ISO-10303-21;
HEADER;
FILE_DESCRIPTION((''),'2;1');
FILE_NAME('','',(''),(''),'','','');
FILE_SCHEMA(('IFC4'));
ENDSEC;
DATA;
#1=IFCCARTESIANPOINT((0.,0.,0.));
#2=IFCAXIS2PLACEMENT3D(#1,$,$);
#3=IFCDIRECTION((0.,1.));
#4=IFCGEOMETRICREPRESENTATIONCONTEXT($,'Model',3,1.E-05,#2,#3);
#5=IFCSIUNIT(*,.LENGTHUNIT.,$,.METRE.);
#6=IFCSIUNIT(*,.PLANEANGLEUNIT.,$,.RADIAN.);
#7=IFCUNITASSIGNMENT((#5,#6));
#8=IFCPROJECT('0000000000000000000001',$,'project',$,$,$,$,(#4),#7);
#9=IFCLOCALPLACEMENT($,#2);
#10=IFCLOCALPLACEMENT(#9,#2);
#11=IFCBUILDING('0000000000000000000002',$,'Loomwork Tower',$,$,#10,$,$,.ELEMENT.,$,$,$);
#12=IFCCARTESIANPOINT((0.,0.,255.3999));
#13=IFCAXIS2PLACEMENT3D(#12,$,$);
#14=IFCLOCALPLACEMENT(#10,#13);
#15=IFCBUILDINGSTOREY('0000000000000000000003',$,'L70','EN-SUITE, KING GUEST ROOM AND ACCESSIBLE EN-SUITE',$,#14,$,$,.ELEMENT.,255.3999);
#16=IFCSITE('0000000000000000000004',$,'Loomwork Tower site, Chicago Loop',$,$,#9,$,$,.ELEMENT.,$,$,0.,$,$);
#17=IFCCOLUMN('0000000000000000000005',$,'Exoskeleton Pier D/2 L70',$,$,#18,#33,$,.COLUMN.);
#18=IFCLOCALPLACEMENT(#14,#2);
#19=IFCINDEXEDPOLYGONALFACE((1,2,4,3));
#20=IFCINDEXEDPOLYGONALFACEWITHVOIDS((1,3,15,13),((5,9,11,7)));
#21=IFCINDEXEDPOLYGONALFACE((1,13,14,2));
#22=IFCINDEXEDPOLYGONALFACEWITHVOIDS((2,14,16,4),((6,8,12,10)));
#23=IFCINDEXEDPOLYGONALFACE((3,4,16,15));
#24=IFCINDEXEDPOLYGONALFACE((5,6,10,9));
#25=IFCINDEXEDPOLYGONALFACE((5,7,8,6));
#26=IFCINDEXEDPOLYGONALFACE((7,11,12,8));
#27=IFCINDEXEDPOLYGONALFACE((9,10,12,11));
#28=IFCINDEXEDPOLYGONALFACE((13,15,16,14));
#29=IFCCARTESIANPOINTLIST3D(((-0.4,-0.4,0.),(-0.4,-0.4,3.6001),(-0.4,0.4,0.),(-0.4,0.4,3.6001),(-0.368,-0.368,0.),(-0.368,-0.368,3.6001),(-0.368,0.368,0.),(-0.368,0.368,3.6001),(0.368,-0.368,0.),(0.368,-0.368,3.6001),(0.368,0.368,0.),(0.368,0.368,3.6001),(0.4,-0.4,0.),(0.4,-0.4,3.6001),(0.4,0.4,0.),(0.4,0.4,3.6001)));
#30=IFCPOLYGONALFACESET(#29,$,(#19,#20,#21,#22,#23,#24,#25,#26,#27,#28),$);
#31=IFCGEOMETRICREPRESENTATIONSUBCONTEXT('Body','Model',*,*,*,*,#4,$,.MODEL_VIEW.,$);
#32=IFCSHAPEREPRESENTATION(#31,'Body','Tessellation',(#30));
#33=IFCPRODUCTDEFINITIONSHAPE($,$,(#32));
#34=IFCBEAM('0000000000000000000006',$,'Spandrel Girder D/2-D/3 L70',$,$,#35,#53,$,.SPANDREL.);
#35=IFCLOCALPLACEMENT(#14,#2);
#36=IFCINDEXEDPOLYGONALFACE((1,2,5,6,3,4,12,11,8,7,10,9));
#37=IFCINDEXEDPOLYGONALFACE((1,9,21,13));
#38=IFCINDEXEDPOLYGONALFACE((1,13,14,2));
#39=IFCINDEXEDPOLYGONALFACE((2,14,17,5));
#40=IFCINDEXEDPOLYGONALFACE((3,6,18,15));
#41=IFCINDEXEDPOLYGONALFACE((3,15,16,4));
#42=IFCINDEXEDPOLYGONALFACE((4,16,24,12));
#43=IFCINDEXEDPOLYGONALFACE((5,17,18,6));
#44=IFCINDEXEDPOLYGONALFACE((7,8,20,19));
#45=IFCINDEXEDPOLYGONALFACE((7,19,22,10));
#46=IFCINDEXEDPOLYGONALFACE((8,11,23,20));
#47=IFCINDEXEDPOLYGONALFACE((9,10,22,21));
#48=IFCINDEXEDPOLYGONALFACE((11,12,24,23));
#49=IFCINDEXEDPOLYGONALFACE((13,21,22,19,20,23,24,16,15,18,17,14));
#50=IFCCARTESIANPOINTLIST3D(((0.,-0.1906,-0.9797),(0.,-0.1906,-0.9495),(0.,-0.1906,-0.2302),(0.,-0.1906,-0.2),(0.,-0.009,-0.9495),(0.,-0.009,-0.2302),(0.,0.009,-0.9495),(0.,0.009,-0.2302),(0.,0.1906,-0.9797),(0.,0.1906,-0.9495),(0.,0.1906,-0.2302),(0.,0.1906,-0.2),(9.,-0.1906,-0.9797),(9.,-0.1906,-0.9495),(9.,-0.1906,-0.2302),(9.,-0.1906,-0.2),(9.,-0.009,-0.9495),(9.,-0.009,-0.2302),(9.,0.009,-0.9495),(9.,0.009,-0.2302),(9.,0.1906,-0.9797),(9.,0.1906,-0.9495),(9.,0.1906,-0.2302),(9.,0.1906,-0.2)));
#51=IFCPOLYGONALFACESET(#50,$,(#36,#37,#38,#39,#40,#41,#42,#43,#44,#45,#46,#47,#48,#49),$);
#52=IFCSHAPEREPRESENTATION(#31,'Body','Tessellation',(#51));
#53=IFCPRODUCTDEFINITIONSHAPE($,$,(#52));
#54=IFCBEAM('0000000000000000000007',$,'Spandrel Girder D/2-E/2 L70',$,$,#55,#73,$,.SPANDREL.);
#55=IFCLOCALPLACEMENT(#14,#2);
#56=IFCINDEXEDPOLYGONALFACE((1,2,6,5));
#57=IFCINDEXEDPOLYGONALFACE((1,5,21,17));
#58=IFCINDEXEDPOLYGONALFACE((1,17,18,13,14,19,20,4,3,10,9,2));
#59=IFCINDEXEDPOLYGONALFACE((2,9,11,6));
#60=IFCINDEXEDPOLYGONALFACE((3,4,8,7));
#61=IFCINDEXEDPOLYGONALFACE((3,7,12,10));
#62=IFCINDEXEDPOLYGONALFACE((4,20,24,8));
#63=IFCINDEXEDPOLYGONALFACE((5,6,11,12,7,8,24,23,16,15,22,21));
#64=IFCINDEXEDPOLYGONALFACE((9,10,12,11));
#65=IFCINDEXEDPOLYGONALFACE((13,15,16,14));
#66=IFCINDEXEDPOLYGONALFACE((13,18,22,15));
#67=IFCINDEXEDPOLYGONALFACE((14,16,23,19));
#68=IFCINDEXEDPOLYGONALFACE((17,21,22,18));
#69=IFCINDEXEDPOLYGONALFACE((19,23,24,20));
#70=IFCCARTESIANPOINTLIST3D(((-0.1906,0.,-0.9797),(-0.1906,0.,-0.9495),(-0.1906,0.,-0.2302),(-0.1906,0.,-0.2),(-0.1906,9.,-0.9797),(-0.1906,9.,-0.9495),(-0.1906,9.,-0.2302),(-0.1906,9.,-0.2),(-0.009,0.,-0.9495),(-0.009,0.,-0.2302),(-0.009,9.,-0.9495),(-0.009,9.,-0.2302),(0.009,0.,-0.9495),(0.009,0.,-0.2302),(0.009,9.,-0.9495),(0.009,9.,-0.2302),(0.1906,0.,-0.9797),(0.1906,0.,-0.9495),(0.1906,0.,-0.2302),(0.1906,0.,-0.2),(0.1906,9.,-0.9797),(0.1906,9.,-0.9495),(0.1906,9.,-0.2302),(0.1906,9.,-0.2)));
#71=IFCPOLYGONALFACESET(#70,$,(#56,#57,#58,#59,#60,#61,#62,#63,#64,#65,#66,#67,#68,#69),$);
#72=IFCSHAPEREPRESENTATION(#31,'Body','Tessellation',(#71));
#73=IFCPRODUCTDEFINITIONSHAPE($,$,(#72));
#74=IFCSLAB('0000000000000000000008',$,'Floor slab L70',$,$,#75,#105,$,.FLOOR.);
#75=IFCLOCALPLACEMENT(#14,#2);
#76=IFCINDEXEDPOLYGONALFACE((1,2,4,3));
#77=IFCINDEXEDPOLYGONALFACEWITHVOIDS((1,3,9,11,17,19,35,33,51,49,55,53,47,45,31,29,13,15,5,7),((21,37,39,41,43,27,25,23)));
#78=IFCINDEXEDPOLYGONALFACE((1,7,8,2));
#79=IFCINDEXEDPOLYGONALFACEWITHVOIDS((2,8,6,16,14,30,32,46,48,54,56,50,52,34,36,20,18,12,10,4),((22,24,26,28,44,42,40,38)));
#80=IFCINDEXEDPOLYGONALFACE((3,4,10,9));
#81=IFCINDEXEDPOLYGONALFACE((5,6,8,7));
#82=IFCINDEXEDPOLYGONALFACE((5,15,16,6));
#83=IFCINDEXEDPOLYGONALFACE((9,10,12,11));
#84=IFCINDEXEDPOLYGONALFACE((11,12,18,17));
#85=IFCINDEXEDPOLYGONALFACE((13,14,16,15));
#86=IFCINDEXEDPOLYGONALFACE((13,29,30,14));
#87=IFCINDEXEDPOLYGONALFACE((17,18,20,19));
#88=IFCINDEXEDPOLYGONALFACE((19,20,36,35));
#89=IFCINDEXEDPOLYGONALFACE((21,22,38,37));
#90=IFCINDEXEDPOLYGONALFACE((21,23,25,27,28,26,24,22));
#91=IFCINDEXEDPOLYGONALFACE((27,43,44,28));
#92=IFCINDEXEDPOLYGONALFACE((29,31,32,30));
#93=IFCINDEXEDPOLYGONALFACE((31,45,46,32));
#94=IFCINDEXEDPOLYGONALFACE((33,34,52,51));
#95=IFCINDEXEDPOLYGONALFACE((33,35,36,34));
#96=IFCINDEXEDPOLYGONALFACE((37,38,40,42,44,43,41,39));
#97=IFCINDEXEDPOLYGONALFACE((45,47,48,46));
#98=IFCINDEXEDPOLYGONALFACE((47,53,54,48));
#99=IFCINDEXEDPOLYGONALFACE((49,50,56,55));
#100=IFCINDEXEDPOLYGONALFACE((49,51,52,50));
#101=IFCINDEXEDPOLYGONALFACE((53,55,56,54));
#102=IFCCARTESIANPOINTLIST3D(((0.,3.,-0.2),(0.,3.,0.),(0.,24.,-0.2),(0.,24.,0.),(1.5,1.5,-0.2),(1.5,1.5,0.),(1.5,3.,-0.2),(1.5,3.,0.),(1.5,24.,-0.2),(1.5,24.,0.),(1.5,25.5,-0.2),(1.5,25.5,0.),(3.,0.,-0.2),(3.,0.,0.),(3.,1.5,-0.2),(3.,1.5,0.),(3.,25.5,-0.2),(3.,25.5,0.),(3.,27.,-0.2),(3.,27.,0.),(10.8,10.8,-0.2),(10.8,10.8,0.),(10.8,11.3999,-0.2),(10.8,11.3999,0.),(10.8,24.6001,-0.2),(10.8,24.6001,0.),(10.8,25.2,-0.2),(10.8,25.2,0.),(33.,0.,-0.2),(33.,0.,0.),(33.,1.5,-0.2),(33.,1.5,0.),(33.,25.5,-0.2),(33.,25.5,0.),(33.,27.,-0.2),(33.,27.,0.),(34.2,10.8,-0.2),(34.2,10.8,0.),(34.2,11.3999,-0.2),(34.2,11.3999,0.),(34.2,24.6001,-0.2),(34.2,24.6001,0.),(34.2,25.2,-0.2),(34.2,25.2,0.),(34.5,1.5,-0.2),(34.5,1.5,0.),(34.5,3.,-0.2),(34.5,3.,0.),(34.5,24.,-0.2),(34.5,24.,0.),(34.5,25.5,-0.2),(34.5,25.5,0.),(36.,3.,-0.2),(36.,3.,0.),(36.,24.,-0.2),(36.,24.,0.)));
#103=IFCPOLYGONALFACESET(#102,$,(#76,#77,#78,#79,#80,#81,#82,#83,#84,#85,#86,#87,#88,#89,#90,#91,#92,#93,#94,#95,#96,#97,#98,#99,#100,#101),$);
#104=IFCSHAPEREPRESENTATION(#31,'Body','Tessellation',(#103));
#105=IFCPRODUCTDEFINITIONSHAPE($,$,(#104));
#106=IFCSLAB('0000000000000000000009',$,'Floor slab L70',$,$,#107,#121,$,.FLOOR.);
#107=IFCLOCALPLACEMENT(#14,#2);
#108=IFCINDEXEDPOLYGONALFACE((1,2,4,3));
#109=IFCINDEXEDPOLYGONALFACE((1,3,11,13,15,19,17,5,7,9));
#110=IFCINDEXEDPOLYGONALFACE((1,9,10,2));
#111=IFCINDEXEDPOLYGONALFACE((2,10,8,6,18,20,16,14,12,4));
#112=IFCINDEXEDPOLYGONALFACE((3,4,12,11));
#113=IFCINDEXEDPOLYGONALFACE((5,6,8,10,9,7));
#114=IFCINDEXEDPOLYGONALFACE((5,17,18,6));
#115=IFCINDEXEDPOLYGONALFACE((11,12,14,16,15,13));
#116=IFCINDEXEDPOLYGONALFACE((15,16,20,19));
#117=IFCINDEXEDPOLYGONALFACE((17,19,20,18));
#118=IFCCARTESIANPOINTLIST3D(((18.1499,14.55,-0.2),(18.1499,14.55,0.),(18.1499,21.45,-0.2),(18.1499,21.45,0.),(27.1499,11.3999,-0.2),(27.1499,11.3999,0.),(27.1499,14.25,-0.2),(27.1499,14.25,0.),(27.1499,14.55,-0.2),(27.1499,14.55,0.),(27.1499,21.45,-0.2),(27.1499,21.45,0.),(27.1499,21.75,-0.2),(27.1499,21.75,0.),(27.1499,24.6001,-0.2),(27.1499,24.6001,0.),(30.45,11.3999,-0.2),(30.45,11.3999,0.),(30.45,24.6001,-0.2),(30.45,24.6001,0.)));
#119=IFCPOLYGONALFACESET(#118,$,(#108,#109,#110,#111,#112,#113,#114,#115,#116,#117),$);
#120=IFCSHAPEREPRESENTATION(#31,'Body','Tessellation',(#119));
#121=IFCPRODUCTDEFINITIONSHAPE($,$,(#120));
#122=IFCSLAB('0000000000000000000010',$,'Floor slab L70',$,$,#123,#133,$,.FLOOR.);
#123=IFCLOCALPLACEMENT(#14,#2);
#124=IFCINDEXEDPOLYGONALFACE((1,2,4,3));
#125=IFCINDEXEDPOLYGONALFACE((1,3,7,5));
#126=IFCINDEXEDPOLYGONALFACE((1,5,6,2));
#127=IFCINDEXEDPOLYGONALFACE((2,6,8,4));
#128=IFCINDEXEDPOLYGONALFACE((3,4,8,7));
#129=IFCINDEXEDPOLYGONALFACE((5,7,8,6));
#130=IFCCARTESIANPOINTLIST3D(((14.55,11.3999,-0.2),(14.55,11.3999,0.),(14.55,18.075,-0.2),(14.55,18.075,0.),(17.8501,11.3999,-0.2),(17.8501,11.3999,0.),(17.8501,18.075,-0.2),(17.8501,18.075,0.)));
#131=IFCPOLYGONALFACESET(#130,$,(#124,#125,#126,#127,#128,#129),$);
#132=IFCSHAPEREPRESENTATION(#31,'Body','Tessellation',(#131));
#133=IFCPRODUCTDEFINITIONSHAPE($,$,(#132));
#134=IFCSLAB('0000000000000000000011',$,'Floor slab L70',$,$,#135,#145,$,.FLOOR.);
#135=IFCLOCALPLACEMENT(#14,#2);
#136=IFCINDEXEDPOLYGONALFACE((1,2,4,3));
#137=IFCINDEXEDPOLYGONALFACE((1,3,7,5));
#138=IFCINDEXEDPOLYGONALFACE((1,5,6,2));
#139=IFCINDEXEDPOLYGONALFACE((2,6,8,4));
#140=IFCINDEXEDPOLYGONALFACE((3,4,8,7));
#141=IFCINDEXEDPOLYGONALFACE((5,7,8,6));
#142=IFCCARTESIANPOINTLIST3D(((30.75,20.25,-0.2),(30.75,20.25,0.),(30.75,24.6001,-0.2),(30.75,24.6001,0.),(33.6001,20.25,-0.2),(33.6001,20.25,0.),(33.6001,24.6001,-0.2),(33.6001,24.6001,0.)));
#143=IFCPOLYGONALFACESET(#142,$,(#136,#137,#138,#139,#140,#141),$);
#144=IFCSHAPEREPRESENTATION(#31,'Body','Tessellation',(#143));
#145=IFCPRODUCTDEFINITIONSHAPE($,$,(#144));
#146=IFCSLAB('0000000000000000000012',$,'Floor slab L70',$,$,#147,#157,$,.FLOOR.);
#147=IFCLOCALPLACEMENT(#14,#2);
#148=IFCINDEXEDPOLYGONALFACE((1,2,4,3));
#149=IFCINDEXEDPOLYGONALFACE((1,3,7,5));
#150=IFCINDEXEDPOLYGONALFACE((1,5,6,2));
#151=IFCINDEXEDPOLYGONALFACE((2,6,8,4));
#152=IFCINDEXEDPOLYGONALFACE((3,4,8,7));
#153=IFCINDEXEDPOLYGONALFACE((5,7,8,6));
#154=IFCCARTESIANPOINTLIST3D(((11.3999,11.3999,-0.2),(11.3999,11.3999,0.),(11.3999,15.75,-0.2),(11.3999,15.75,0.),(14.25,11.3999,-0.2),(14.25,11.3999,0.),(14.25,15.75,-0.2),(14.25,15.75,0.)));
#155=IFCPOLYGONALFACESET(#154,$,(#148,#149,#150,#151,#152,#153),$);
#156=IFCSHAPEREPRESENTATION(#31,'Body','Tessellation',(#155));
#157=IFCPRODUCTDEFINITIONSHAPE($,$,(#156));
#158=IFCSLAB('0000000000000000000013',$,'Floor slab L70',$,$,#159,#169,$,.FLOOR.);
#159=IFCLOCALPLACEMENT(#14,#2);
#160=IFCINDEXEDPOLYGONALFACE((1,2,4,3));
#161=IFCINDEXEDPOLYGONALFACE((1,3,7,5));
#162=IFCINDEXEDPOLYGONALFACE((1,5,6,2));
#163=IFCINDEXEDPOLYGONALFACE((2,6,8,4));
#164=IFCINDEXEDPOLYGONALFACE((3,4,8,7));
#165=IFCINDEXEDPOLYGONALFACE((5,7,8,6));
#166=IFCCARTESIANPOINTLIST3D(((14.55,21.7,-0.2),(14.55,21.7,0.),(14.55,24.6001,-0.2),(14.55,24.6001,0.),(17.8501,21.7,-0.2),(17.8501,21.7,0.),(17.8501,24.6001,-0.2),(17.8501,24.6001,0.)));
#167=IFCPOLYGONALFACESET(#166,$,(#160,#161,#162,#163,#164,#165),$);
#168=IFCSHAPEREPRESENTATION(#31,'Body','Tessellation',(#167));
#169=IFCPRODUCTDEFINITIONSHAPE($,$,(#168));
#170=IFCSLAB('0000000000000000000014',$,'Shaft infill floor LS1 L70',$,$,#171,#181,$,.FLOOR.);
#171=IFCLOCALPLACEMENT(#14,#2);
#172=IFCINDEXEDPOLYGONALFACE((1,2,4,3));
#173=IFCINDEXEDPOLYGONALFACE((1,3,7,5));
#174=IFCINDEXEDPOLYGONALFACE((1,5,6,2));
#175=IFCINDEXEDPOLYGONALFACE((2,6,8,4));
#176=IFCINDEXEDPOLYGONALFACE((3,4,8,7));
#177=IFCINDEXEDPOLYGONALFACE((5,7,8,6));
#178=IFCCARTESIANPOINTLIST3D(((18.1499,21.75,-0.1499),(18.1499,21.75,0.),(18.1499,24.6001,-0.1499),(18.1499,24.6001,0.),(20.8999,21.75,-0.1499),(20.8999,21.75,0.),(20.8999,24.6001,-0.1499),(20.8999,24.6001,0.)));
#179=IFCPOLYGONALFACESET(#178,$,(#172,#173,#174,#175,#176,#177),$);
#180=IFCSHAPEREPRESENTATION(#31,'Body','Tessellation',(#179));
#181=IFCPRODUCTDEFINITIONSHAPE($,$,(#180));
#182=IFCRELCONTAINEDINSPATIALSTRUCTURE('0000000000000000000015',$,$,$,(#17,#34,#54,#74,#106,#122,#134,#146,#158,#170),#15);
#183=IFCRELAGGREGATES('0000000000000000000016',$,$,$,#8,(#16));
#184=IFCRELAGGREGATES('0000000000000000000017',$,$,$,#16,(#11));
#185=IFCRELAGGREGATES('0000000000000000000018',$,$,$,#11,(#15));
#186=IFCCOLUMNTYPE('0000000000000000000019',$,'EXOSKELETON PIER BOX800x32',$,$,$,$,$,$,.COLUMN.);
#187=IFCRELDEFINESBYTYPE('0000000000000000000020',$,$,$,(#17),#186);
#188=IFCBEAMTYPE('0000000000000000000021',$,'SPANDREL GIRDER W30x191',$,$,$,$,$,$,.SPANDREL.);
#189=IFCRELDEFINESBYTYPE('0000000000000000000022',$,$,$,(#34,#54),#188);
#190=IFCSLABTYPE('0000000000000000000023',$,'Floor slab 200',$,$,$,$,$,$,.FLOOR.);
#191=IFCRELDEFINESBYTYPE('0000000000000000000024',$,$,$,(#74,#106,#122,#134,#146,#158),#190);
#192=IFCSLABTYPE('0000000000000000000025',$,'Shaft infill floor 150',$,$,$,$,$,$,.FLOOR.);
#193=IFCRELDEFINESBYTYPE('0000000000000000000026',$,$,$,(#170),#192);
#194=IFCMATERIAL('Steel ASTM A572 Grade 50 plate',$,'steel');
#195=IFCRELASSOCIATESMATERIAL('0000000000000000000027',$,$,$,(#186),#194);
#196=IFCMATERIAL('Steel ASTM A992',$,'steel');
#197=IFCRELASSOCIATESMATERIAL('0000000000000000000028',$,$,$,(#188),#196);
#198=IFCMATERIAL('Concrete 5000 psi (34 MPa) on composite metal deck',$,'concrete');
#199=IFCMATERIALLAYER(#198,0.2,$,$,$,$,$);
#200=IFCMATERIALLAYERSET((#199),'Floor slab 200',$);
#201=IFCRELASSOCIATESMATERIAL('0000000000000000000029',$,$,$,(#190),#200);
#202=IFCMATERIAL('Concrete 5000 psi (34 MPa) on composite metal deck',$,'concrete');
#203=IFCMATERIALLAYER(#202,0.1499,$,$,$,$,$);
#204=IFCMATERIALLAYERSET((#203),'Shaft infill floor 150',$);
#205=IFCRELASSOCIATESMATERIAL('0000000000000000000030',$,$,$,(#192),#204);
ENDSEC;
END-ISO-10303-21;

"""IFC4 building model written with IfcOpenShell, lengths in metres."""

from ifc_helpers import new_model, si_unit, direction, frame, origin, origin_with_axes, origin_2d, place, context, subcontext, project, spatial, polyline, hollow_rectangle, i_section, outline, extrude, material, layer, layer_set, material_profile, profile_set, type_object, element, save


model = new_model("IFC4")

# Units and contexts
model_context = context("Model", 3, precision=1e-05, world=origin(), true_north=direction((0.0, 1.0)))
body_context = subcontext(model_context, "Body", "Model", "MODEL_VIEW")
ifc_project = project(units=[si_unit("LENGTHUNIT", "METRE"), si_unit("PLANEANGLEUNIT", "RADIAN")], contexts=[model_context])

# Site, building, storey
site_placement = place(None, origin())
site = spatial("IfcSite", under=ifc_project, at=site_placement, Name="Loomwork Tower site, Chicago Loop", CompositionType="ELEMENT", RefElevation=0.0)
building_placement = place(site_placement, origin())
building = spatial("IfcBuilding", under=site, at=building_placement, Name="Loomwork Tower", CompositionType="ELEMENT")
storey_placement = place(building_placement, frame((0.0, 0.0, 255.3999)))
storey = spatial("IfcBuildingStorey", under=building, at=storey_placement, Name="L70", Description="EN-SUITE, KING GUEST ROOM AND ACCESSIBLE EN-SUITE", CompositionType="ELEMENT", Elevation=255.3999)

# Column
ifc_material_1 = material(Name="Steel ASTM A572 Grade 50 plate", Category="steel")
ifc_material_profile_1 = material_profile(ifc_material_1, hollow_rectangle(XDim=0.8, YDim=0.8, WallThickness=0.032, at=origin_2d()), Name="BOX800x32")
ifc_profile_set_1 = profile_set([ifc_material_profile_1], Name="Steel ASTM A572 Grade 50 plate")
column_type = type_object("IfcColumnType", Name="EXOSKELETON PIER BOX800x32", PredefinedType="COLUMN", material=ifc_profile_set_1)
column_placement = place(storey_placement, origin_with_axes())
element("IfcColumn", 1, at=column_placement, inside=storey, type_object=column_type, Name="Exoskeleton Pier D/2 L70", PredefinedType="COLUMN", context=body_context, shape_type="SweptSolid", body=[
    extrude(hollow_rectangle(XDim=0.8, YDim=0.8, WallThickness=0.032, at=origin_2d()), origin(), (0.0, 0.0, 1.0), 3.6001),
])

# Beams
ifc_material_2 = material(Name="Steel ASTM A992", Category="steel")
ifc_material_profile_2 = material_profile(ifc_material_2, i_section(OverallWidth=0.3811, OverallDepth=0.7798, WebThickness=0.0181, FlangeThickness=0.0303, at=origin_2d()), Name="W30x191")
ifc_profile_set_2 = profile_set([ifc_material_profile_2], Name="Steel ASTM A992")
beam_type = type_object("IfcBeamType", Name="SPANDREL GIRDER W30x191", PredefinedType="SPANDREL", material=ifc_profile_set_2)
for number, where, z_axis, x_axis, name in (
    (2, (0.0, 0.0, -0.5898), (1.0, 0.0, 0.0), (0.0, 1.0, 0.0), "Spandrel Girder D/2-D/3 L70"),
    (3, (0.0, 0.0, -0.5898), (0.0, 1.0, 0.0), (-1.0, 0.0, 0.0), "Spandrel Girder D/2-E/2 L70"),
):
    element("IfcBeam", number, at=place(storey_placement, frame(where, z_axis=z_axis, x_axis=x_axis)), inside=storey, type_object=beam_type, Name=name, PredefinedType="SPANDREL", context=body_context, shape_type="SweptSolid", body=[
        extrude(i_section(OverallWidth=0.3811, OverallDepth=0.7798, WebThickness=0.0181, FlangeThickness=0.0303, at=origin_2d()), origin(), (0.0, 0.0, 1.0), 9.0),
    ])

# Slabs
ifc_material_3 = material(Name="Concrete 5000 psi (34 MPa) on composite metal deck", Category="concrete")
ifc_layer_1 = layer(ifc_material_3, 0.2)
ifc_layer_set_1 = layer_set([ifc_layer_1], Name="Floor slab 200")
slab_type_1 = type_object("IfcSlabType", Name="Floor slab 200", PredefinedType="FLOOR", material=ifc_layer_set_1)
slab_1_placement = place(storey_placement, frame((0.0, 0.0, -0.2)))
element("IfcSlab", 4, at=slab_1_placement, inside=storey, type_object=slab_type_1, Name="Floor slab L70", PredefinedType="FLOOR", context=body_context, shape_type="SweptSolid", body=[
    extrude(outline(polyline([(3.0, 1.5), (1.5, 1.5), (1.5, 3.0), (0.0, 3.0), (0.0, 24.0), (1.5, 24.0), (1.5, 25.5), (3.0, 25.5), (3.0, 27.0), (33.0, 27.0), (33.0, 25.5), (34.5, 25.5), (34.5, 24.0), (36.0, 24.0), (36.0, 3.0), (34.5, 3.0), (34.5, 1.5), (33.0, 1.5), (33.0, 0.0), (3.0, 0.0), (3.0, 1.5)]), holes=[polyline([(10.8, 11.3999), (10.8, 11.3999), (10.8, 10.8), (34.2, 10.8), (34.2, 11.3999), (34.2, 11.3999), (34.2, 24.6001), (34.2, 25.2), (10.8, 25.2), (10.8, 24.6001), (10.8, 11.3999)])]), origin(), (0.0, 0.0, 1.0), 0.2),
])
slab_2_placement = place(storey_placement, frame((0.0, 0.0, -0.2)))
element("IfcSlab", 5, at=slab_2_placement, inside=storey, type_object=slab_type_1, Name="Floor slab L70", PredefinedType="FLOOR", context=body_context, shape_type="SweptSolid", body=[
    extrude(outline(polyline([(30.45, 24.6001), (30.45, 11.3999), (27.1499, 11.3999), (27.1499, 14.25), (27.1499, 14.55), (18.1499, 14.55), (18.1499, 21.45), (27.1499, 21.45), (27.1499, 21.75), (27.1499, 24.6001), (30.45, 24.6001)])), origin(), (0.0, 0.0, 1.0), 0.2),
])
slab_3_placement = place(storey_placement, frame((0.0, 0.0, -0.2)))
element("IfcSlab", 6, at=slab_3_placement, inside=storey, type_object=slab_type_1, Name="Floor slab L70", PredefinedType="FLOOR", context=body_context, shape_type="SweptSolid", body=[
    extrude(outline(polyline([(14.55, 11.3999), (14.55, 18.075), (17.8501, 18.075), (17.8501, 11.3999), (14.55, 11.3999)])), origin(), (0.0, 0.0, 1.0), 0.2),
])
slab_4_placement = place(storey_placement, frame((0.0, 0.0, -0.2)))
element("IfcSlab", 7, at=slab_4_placement, inside=storey, type_object=slab_type_1, Name="Floor slab L70", PredefinedType="FLOOR", context=body_context, shape_type="SweptSolid", body=[
    extrude(outline(polyline([(33.6001, 20.25), (30.75, 20.25), (30.75, 24.6001), (33.6001, 24.6001), (33.6001, 20.25)])), origin(), (0.0, 0.0, 1.0), 0.2),
])
slab_5_placement = place(storey_placement, frame((0.0, 0.0, -0.2)))
element("IfcSlab", 8, at=slab_5_placement, inside=storey, type_object=slab_type_1, Name="Floor slab L70", PredefinedType="FLOOR", context=body_context, shape_type="SweptSolid", body=[
    extrude(outline(polyline([(14.25, 15.75), (14.25, 11.3999), (11.3999, 11.3999), (11.3999, 15.75), (14.25, 15.75)])), origin(), (0.0, 0.0, 1.0), 0.2),
])
slab_6_placement = place(storey_placement, frame((0.0, 0.0, -0.2)))
element("IfcSlab", 9, at=slab_6_placement, inside=storey, type_object=slab_type_1, Name="Floor slab L70", PredefinedType="FLOOR", context=body_context, shape_type="SweptSolid", body=[
    extrude(outline(polyline([(14.55, 21.7), (14.55, 24.6001), (17.8501, 24.6001), (17.8501, 21.7), (14.55, 21.7)])), origin(), (0.0, 0.0, 1.0), 0.2),
])
ifc_material_4 = material(Name="Concrete 5000 psi (34 MPa) on composite metal deck", Category="concrete")
ifc_layer_2 = layer(ifc_material_4, 0.1499)
ifc_layer_set_2 = layer_set([ifc_layer_2], Name="Shaft infill floor 150")
slab_type_2 = type_object("IfcSlabType", Name="Shaft infill floor 150", PredefinedType="FLOOR", material=ifc_layer_set_2)
slab_7_placement = place(storey_placement, frame((0.0, 0.0, -0.1499)))
element("IfcSlab", 10, at=slab_7_placement, inside=storey, type_object=slab_type_2, Name="Shaft infill floor LS1 L70", PredefinedType="FLOOR", context=body_context, shape_type="SweptSolid", body=[
    extrude(outline(polyline([(18.1499, 21.75), (20.8999, 21.75), (20.8999, 24.6001), (18.1499, 24.6001), (18.1499, 21.75)])), origin(), (0.0, 0.0, 1.0), 0.1499),
])

save(model, "model.ifc")
